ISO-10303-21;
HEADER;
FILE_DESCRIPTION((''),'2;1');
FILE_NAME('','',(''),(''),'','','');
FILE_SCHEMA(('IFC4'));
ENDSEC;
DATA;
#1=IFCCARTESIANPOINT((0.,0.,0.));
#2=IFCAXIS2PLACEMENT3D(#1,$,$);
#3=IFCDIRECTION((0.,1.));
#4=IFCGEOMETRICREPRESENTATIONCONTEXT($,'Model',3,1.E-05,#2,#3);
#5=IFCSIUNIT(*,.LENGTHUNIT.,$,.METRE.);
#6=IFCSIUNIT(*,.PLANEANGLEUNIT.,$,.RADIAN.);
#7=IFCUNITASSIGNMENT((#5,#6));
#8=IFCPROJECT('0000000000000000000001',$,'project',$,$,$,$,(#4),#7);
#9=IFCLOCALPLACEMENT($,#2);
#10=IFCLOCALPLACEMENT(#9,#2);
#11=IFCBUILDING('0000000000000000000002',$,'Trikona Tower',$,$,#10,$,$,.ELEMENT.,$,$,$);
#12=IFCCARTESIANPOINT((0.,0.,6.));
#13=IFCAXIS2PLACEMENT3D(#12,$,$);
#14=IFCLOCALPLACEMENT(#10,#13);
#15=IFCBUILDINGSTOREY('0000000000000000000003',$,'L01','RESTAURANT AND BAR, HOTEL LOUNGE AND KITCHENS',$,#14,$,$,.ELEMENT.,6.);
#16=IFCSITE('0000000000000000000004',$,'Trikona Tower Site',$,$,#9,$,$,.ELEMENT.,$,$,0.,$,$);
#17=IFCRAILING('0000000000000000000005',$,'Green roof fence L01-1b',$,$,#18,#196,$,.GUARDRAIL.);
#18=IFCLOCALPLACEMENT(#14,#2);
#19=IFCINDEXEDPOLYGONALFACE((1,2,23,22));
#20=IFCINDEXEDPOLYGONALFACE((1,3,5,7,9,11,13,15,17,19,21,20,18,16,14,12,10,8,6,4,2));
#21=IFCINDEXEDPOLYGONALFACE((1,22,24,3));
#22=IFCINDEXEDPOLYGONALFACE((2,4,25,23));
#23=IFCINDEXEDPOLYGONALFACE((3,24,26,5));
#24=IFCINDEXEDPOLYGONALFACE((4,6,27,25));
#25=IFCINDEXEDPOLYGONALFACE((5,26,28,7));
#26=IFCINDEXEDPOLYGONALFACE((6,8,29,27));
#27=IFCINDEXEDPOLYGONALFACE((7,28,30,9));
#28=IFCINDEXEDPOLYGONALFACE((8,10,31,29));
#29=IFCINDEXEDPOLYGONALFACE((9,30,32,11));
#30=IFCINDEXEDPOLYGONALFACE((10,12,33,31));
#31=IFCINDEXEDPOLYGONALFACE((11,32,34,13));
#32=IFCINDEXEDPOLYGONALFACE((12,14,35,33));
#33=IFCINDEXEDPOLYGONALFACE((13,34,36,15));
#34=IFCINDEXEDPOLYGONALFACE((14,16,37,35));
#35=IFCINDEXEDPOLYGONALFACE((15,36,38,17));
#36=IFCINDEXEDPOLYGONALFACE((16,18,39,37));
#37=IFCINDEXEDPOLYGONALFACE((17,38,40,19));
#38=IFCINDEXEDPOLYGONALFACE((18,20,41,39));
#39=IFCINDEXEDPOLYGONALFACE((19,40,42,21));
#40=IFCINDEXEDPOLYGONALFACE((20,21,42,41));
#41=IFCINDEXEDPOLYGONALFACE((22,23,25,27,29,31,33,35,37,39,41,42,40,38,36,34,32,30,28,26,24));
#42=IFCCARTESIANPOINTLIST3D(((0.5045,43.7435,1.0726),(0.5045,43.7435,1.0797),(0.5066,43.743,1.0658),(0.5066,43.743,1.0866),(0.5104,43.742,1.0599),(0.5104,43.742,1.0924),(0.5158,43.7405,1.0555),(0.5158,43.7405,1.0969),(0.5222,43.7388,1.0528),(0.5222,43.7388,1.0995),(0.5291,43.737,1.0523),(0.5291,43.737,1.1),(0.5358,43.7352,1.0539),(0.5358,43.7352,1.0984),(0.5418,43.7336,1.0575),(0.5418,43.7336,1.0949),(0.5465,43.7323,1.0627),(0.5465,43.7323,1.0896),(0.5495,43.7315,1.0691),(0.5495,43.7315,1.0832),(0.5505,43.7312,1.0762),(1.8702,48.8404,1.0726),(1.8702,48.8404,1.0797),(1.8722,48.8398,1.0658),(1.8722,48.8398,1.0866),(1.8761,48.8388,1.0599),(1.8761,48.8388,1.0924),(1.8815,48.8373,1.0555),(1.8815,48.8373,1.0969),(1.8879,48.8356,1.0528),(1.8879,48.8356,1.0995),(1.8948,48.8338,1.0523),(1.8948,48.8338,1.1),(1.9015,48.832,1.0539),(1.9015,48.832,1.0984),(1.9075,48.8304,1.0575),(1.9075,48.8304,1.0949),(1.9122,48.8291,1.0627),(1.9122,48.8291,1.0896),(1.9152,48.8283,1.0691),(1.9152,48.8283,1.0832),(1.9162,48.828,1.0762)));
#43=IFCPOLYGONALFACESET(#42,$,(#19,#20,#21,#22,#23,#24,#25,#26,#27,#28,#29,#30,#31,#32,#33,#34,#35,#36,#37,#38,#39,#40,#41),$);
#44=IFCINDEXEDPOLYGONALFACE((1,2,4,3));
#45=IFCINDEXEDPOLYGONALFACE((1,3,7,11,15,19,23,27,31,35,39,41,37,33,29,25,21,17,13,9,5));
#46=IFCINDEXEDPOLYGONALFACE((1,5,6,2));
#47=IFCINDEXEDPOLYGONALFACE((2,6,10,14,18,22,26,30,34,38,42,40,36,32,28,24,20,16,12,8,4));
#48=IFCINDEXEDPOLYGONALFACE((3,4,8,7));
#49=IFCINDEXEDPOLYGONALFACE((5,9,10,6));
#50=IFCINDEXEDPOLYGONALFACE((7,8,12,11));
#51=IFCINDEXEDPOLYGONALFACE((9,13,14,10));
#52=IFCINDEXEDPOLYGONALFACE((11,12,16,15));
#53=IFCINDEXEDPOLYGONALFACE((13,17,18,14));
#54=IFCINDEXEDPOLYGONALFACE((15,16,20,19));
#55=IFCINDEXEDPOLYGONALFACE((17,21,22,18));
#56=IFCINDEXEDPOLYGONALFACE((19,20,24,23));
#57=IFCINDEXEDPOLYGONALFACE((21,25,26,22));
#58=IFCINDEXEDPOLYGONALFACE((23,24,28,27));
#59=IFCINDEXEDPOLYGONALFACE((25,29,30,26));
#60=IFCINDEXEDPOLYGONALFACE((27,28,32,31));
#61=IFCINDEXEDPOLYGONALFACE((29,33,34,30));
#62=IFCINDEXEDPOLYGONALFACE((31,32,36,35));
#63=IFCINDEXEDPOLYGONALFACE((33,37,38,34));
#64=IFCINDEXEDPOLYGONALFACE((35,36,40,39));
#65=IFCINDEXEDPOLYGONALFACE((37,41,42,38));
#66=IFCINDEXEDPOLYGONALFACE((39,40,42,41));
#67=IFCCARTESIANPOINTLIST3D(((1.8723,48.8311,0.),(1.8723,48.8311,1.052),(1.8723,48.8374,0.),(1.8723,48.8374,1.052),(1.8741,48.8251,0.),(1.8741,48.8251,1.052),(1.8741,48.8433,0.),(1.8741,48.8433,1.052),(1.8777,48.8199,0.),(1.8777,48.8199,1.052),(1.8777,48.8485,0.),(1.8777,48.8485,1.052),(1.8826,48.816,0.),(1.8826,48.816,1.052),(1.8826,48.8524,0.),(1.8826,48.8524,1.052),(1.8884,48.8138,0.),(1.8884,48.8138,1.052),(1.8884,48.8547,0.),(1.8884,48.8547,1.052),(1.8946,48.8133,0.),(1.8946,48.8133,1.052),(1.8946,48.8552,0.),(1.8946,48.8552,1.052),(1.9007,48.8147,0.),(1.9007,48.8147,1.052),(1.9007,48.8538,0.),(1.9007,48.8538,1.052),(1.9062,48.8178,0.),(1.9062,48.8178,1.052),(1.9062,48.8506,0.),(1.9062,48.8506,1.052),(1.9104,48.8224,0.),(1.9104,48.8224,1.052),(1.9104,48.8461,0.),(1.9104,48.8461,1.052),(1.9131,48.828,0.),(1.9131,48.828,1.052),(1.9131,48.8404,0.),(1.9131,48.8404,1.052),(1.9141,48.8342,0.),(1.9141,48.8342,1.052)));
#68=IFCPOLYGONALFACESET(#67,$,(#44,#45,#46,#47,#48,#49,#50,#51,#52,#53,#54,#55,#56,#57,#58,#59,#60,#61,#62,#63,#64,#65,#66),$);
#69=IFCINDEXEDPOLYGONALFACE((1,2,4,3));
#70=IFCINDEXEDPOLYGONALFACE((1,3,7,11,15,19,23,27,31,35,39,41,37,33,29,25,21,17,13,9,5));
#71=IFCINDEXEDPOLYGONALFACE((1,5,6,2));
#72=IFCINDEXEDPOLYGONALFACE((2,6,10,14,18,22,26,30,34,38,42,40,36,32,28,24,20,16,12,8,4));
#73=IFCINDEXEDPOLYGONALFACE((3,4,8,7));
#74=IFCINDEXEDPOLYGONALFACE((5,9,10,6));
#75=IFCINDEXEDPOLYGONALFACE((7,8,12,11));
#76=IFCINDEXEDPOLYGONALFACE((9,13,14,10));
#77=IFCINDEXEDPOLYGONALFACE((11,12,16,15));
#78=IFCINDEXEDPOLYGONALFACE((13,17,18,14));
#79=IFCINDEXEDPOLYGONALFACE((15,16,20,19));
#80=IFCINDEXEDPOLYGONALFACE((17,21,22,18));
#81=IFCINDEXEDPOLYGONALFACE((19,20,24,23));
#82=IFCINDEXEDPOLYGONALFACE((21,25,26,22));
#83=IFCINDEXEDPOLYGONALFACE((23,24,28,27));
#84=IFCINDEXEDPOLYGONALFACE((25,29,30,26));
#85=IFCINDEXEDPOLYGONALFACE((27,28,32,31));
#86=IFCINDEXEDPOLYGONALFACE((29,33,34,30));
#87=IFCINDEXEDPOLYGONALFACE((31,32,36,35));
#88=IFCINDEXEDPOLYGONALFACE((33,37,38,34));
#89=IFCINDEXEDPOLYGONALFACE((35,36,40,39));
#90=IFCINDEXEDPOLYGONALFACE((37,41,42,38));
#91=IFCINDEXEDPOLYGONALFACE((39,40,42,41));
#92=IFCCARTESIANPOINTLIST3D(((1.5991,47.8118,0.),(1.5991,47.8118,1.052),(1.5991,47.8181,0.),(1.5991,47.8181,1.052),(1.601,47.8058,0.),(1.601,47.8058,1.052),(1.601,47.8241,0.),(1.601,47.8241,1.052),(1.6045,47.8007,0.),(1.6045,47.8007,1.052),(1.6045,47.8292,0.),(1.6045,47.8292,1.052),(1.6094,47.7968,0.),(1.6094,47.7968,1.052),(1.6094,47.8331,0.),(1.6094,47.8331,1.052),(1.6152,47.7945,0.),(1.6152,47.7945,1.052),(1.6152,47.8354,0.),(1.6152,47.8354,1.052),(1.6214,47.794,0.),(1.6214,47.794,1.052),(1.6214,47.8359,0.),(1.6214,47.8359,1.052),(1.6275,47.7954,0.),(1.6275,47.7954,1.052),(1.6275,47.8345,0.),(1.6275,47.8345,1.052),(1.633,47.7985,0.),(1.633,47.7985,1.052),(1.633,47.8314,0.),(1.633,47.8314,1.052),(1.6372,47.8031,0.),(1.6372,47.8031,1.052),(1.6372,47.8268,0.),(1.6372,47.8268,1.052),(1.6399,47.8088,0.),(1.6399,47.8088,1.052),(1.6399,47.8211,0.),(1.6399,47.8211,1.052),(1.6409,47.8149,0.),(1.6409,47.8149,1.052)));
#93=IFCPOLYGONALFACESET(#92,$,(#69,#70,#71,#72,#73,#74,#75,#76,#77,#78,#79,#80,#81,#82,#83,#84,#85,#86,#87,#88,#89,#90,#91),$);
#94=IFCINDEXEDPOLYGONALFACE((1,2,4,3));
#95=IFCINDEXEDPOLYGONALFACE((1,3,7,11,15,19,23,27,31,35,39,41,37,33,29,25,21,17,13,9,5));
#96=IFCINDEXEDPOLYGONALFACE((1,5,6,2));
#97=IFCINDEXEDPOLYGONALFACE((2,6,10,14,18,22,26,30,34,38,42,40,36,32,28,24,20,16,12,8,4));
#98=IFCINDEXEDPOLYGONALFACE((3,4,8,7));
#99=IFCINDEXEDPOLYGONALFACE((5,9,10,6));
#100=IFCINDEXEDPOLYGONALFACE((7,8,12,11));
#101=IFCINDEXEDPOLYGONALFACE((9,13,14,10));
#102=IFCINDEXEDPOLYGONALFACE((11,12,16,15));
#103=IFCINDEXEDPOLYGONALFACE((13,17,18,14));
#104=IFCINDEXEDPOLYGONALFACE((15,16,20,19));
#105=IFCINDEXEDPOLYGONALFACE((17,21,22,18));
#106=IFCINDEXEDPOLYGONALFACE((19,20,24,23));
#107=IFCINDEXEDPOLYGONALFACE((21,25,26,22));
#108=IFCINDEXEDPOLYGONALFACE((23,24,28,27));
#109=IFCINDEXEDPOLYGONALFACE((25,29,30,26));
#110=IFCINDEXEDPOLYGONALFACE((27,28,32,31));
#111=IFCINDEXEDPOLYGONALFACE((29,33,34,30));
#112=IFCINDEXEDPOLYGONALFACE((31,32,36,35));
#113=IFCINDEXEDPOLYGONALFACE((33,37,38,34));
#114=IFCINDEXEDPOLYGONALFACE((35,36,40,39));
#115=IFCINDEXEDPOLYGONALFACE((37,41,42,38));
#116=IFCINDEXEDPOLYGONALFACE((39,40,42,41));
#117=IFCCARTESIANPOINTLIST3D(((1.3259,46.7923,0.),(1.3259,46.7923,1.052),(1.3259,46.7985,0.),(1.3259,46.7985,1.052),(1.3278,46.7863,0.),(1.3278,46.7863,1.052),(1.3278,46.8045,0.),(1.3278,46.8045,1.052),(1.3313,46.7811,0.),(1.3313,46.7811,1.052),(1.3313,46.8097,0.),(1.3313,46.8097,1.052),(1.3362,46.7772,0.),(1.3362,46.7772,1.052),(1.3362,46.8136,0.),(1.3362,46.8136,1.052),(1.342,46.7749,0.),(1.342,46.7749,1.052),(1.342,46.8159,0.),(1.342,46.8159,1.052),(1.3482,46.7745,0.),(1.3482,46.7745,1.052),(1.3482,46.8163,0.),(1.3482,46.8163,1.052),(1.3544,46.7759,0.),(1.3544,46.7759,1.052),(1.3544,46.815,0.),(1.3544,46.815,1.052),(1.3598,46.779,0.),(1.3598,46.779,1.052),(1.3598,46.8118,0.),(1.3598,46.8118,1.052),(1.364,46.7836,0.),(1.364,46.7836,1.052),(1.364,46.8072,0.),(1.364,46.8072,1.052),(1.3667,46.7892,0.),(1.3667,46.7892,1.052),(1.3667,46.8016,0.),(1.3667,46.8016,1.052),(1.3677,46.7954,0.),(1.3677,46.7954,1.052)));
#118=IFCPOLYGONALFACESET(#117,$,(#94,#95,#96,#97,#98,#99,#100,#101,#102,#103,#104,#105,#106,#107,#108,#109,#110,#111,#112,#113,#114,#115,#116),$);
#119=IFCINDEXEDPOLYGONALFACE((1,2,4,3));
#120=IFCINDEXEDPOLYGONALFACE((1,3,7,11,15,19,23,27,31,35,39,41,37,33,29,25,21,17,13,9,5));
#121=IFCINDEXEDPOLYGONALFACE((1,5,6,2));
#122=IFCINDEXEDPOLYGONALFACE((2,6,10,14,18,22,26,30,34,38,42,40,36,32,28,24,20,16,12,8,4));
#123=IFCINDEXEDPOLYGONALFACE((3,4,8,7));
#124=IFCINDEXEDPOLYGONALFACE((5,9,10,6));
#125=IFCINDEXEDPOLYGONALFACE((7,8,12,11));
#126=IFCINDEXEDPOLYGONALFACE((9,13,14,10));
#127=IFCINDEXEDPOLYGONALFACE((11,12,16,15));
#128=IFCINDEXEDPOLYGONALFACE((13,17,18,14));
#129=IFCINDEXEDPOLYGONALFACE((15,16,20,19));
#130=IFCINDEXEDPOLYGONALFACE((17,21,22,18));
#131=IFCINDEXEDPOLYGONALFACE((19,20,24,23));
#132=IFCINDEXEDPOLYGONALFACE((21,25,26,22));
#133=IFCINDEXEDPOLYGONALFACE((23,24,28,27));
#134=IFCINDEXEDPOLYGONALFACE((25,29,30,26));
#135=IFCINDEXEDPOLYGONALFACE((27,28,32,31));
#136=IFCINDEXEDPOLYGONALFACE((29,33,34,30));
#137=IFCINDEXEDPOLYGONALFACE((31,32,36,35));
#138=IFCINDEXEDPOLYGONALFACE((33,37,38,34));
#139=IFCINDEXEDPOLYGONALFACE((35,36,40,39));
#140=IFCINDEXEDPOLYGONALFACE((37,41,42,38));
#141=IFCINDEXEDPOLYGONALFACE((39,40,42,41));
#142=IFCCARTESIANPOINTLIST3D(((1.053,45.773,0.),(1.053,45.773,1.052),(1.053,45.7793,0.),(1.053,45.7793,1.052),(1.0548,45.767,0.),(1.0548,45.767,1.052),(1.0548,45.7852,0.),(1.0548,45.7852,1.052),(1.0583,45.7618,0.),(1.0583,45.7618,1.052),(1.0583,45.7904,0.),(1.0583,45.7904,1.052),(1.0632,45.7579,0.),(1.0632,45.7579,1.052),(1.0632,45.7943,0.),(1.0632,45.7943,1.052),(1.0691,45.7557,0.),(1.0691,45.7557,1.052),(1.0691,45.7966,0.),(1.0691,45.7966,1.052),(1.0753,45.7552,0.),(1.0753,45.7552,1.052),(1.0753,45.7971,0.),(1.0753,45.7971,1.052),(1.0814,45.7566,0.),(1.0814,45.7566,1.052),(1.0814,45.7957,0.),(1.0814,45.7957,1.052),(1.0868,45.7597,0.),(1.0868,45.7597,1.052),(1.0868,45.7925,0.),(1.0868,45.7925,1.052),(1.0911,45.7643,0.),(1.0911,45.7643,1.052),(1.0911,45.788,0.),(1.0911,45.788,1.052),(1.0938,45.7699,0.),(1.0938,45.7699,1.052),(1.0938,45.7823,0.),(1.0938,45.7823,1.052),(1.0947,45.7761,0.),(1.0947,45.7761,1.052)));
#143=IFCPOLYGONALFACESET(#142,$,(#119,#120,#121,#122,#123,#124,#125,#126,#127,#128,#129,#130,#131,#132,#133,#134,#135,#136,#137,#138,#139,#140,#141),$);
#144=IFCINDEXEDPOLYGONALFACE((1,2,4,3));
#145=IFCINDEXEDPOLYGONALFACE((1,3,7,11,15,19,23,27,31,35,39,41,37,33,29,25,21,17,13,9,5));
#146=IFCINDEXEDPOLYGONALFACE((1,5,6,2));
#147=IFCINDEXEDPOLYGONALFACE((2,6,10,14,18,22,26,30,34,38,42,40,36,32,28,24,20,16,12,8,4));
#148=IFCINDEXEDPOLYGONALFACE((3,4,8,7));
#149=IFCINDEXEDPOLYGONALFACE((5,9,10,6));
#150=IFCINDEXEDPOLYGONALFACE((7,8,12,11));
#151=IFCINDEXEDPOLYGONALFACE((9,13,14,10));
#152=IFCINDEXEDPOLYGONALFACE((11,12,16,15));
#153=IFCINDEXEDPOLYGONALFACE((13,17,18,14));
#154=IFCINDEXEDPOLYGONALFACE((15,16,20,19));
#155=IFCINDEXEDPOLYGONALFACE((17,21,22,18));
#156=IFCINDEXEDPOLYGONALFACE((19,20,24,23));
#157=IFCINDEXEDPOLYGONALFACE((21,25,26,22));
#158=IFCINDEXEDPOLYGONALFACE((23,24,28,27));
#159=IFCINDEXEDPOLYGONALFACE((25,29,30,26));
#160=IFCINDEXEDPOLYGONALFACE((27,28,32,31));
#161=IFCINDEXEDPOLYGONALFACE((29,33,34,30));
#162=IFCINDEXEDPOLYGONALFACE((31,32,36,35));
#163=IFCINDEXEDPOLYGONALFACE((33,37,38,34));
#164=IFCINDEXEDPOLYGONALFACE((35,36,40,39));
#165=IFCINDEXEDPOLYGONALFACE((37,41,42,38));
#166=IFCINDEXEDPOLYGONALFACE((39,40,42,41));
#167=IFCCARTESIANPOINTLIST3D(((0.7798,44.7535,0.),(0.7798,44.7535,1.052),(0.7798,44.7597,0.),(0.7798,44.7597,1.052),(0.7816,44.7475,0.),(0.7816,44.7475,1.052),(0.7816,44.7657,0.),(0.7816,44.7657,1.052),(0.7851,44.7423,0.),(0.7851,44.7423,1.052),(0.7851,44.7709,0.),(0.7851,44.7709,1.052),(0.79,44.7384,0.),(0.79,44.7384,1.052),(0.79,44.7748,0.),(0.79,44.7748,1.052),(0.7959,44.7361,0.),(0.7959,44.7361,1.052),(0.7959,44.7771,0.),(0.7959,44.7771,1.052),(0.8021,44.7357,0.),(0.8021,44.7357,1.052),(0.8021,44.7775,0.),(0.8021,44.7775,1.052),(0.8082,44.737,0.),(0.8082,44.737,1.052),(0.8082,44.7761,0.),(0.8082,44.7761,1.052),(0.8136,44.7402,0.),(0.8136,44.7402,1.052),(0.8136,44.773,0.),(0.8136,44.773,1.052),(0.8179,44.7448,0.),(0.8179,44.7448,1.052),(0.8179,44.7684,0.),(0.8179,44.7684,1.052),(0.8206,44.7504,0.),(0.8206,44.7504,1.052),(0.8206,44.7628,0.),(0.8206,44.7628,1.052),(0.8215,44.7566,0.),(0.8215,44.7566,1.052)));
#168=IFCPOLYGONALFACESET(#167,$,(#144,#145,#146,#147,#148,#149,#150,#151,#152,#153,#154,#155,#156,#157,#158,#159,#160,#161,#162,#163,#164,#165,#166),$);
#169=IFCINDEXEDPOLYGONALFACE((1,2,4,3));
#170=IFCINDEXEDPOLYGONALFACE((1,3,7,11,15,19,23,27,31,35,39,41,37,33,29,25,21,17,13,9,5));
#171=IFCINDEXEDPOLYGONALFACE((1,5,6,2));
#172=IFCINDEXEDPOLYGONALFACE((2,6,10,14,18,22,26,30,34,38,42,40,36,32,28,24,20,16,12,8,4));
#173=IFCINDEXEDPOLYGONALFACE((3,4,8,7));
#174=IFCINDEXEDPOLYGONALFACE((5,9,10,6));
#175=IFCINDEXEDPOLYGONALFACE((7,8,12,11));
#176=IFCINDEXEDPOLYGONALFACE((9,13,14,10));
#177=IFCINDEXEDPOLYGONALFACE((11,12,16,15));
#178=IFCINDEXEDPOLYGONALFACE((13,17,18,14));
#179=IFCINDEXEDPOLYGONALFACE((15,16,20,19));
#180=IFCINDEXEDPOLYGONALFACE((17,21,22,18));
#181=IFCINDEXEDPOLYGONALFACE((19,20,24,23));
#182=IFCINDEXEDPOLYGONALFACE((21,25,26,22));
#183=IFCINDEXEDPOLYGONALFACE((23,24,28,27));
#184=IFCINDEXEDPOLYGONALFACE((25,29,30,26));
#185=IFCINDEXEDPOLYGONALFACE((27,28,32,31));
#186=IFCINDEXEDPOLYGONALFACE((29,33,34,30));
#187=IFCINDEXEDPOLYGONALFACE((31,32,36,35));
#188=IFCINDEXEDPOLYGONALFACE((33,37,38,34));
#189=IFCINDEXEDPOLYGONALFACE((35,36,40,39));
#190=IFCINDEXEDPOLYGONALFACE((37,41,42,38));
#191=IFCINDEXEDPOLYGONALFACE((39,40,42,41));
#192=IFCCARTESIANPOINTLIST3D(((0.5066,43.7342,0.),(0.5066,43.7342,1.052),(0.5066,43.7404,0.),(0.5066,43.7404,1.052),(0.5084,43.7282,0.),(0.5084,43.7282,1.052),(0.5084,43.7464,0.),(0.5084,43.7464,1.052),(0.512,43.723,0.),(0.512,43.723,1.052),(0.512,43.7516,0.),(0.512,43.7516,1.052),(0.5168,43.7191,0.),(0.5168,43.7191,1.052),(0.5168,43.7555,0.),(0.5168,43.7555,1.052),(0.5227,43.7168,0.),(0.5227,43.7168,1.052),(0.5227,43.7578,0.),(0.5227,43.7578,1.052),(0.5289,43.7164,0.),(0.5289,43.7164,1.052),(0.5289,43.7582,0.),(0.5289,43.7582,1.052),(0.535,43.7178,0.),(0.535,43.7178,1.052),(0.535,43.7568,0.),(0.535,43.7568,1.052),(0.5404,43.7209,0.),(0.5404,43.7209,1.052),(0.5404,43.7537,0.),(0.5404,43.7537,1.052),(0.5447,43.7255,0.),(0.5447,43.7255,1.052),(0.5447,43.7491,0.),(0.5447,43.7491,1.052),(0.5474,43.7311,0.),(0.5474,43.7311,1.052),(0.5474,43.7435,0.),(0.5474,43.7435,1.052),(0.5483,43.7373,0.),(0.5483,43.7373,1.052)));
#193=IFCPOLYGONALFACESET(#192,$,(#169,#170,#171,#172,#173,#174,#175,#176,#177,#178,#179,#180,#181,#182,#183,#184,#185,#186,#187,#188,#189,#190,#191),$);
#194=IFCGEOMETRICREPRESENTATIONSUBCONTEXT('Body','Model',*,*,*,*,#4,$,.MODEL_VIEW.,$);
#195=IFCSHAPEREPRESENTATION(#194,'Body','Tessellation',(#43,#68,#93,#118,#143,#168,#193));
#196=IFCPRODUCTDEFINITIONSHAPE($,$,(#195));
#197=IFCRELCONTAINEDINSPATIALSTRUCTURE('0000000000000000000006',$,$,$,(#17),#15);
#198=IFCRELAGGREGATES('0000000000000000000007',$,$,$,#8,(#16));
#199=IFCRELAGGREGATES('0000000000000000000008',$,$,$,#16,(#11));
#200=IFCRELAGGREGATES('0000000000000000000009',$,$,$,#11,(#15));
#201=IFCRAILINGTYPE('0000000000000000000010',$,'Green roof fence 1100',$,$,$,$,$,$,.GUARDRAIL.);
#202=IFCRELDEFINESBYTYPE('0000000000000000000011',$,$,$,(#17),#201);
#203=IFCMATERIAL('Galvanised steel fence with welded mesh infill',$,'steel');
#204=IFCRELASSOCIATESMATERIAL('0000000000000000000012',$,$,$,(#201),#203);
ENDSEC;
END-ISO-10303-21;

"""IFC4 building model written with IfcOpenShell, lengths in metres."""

from ifc_helpers import new_model, si_unit, direction, frame, origin, origin_2d, place, context, subcontext, project, spatial, circle, extrude, material, type_object, element, save


model = new_model("IFC4")

# Units and contexts
model_context = context("Model", 3, precision=1e-05, world=origin(), true_north=direction((0.0, 1.0)))
body_context = subcontext(model_context, "Body", "Model", "MODEL_VIEW")
ifc_project = project(units=[si_unit("LENGTHUNIT", "METRE"), si_unit("PLANEANGLEUNIT", "RADIAN")], contexts=[model_context])

# Site, building, storey
site_placement = place(None, origin())
site = spatial("IfcSite", under=ifc_project, at=site_placement, Name="Trikona Tower Site", CompositionType="ELEMENT", RefElevation=0.0)
building_placement = place(site_placement, origin())
building = spatial("IfcBuilding", under=site, at=building_placement, Name="Trikona Tower", CompositionType="ELEMENT")
storey_placement = place(building_placement, frame((0.0, 0.0, 6.0)))
storey = spatial("IfcBuildingStorey", under=building, at=storey_placement, Name="L01", Description="RESTAURANT AND BAR, HOTEL LOUNGE AND KITCHENS", CompositionType="ELEMENT", Elevation=6.0)

# Railing
ifc_material_1 = material(Name="Galvanised steel fence with welded mesh infill", Category="steel")
railing_type_1 = type_object("IfcRailingType", Name="Green roof fence 1100", PredefinedType="GUARDRAIL", material=ifc_material_1)
railing_1_placement = place(storey_placement, frame((1.8931, 48.8342, 0.0)))
element("IfcRailing", 1, at=railing_1_placement, inside=storey, type_object=railing_type_1, Name="Green roof fence L01-1b", PredefinedType="GUARDRAIL", context=body_context, shape_type="SweptSolid", body=[
    extrude(circle(Radius=0.0239, at=origin_2d()), frame((0.0, 0.0, 1.0762), z_axis=(-0.25882, -0.965926, 0.0), x_axis=(0.965926, -0.25882, 0.0)), (0.0, 0.0, 1.0), 5.2766),
    extrude(circle(Radius=0.021, at=origin_2d()), origin(), (0.0, 0.0, 1.0), 1.052),
    extrude(circle(Radius=0.021, at=origin_2d()), frame((-0.2732, -1.0193, 0.0)), (0.0, 0.0, 1.0), 1.052),
    extrude(circle(Radius=0.021, at=origin_2d()), frame((-0.5464, -2.0388, 0.0)), (0.0, 0.0, 1.0), 1.052),
    extrude(circle(Radius=0.021, at=origin_2d()), frame((-0.8193, -3.0581, 0.0)), (0.0, 0.0, 1.0), 1.052),
    extrude(circle(Radius=0.021, at=origin_2d()), frame((-1.0925, -4.0776, 0.0)), (0.0, 0.0, 1.0), 1.052),
    extrude(circle(Radius=0.021, at=origin_2d()), frame((-1.3657, -5.0969, 0.0)), (0.0, 0.0, 1.0), 1.052),
])

save(model, "model.ifc")
